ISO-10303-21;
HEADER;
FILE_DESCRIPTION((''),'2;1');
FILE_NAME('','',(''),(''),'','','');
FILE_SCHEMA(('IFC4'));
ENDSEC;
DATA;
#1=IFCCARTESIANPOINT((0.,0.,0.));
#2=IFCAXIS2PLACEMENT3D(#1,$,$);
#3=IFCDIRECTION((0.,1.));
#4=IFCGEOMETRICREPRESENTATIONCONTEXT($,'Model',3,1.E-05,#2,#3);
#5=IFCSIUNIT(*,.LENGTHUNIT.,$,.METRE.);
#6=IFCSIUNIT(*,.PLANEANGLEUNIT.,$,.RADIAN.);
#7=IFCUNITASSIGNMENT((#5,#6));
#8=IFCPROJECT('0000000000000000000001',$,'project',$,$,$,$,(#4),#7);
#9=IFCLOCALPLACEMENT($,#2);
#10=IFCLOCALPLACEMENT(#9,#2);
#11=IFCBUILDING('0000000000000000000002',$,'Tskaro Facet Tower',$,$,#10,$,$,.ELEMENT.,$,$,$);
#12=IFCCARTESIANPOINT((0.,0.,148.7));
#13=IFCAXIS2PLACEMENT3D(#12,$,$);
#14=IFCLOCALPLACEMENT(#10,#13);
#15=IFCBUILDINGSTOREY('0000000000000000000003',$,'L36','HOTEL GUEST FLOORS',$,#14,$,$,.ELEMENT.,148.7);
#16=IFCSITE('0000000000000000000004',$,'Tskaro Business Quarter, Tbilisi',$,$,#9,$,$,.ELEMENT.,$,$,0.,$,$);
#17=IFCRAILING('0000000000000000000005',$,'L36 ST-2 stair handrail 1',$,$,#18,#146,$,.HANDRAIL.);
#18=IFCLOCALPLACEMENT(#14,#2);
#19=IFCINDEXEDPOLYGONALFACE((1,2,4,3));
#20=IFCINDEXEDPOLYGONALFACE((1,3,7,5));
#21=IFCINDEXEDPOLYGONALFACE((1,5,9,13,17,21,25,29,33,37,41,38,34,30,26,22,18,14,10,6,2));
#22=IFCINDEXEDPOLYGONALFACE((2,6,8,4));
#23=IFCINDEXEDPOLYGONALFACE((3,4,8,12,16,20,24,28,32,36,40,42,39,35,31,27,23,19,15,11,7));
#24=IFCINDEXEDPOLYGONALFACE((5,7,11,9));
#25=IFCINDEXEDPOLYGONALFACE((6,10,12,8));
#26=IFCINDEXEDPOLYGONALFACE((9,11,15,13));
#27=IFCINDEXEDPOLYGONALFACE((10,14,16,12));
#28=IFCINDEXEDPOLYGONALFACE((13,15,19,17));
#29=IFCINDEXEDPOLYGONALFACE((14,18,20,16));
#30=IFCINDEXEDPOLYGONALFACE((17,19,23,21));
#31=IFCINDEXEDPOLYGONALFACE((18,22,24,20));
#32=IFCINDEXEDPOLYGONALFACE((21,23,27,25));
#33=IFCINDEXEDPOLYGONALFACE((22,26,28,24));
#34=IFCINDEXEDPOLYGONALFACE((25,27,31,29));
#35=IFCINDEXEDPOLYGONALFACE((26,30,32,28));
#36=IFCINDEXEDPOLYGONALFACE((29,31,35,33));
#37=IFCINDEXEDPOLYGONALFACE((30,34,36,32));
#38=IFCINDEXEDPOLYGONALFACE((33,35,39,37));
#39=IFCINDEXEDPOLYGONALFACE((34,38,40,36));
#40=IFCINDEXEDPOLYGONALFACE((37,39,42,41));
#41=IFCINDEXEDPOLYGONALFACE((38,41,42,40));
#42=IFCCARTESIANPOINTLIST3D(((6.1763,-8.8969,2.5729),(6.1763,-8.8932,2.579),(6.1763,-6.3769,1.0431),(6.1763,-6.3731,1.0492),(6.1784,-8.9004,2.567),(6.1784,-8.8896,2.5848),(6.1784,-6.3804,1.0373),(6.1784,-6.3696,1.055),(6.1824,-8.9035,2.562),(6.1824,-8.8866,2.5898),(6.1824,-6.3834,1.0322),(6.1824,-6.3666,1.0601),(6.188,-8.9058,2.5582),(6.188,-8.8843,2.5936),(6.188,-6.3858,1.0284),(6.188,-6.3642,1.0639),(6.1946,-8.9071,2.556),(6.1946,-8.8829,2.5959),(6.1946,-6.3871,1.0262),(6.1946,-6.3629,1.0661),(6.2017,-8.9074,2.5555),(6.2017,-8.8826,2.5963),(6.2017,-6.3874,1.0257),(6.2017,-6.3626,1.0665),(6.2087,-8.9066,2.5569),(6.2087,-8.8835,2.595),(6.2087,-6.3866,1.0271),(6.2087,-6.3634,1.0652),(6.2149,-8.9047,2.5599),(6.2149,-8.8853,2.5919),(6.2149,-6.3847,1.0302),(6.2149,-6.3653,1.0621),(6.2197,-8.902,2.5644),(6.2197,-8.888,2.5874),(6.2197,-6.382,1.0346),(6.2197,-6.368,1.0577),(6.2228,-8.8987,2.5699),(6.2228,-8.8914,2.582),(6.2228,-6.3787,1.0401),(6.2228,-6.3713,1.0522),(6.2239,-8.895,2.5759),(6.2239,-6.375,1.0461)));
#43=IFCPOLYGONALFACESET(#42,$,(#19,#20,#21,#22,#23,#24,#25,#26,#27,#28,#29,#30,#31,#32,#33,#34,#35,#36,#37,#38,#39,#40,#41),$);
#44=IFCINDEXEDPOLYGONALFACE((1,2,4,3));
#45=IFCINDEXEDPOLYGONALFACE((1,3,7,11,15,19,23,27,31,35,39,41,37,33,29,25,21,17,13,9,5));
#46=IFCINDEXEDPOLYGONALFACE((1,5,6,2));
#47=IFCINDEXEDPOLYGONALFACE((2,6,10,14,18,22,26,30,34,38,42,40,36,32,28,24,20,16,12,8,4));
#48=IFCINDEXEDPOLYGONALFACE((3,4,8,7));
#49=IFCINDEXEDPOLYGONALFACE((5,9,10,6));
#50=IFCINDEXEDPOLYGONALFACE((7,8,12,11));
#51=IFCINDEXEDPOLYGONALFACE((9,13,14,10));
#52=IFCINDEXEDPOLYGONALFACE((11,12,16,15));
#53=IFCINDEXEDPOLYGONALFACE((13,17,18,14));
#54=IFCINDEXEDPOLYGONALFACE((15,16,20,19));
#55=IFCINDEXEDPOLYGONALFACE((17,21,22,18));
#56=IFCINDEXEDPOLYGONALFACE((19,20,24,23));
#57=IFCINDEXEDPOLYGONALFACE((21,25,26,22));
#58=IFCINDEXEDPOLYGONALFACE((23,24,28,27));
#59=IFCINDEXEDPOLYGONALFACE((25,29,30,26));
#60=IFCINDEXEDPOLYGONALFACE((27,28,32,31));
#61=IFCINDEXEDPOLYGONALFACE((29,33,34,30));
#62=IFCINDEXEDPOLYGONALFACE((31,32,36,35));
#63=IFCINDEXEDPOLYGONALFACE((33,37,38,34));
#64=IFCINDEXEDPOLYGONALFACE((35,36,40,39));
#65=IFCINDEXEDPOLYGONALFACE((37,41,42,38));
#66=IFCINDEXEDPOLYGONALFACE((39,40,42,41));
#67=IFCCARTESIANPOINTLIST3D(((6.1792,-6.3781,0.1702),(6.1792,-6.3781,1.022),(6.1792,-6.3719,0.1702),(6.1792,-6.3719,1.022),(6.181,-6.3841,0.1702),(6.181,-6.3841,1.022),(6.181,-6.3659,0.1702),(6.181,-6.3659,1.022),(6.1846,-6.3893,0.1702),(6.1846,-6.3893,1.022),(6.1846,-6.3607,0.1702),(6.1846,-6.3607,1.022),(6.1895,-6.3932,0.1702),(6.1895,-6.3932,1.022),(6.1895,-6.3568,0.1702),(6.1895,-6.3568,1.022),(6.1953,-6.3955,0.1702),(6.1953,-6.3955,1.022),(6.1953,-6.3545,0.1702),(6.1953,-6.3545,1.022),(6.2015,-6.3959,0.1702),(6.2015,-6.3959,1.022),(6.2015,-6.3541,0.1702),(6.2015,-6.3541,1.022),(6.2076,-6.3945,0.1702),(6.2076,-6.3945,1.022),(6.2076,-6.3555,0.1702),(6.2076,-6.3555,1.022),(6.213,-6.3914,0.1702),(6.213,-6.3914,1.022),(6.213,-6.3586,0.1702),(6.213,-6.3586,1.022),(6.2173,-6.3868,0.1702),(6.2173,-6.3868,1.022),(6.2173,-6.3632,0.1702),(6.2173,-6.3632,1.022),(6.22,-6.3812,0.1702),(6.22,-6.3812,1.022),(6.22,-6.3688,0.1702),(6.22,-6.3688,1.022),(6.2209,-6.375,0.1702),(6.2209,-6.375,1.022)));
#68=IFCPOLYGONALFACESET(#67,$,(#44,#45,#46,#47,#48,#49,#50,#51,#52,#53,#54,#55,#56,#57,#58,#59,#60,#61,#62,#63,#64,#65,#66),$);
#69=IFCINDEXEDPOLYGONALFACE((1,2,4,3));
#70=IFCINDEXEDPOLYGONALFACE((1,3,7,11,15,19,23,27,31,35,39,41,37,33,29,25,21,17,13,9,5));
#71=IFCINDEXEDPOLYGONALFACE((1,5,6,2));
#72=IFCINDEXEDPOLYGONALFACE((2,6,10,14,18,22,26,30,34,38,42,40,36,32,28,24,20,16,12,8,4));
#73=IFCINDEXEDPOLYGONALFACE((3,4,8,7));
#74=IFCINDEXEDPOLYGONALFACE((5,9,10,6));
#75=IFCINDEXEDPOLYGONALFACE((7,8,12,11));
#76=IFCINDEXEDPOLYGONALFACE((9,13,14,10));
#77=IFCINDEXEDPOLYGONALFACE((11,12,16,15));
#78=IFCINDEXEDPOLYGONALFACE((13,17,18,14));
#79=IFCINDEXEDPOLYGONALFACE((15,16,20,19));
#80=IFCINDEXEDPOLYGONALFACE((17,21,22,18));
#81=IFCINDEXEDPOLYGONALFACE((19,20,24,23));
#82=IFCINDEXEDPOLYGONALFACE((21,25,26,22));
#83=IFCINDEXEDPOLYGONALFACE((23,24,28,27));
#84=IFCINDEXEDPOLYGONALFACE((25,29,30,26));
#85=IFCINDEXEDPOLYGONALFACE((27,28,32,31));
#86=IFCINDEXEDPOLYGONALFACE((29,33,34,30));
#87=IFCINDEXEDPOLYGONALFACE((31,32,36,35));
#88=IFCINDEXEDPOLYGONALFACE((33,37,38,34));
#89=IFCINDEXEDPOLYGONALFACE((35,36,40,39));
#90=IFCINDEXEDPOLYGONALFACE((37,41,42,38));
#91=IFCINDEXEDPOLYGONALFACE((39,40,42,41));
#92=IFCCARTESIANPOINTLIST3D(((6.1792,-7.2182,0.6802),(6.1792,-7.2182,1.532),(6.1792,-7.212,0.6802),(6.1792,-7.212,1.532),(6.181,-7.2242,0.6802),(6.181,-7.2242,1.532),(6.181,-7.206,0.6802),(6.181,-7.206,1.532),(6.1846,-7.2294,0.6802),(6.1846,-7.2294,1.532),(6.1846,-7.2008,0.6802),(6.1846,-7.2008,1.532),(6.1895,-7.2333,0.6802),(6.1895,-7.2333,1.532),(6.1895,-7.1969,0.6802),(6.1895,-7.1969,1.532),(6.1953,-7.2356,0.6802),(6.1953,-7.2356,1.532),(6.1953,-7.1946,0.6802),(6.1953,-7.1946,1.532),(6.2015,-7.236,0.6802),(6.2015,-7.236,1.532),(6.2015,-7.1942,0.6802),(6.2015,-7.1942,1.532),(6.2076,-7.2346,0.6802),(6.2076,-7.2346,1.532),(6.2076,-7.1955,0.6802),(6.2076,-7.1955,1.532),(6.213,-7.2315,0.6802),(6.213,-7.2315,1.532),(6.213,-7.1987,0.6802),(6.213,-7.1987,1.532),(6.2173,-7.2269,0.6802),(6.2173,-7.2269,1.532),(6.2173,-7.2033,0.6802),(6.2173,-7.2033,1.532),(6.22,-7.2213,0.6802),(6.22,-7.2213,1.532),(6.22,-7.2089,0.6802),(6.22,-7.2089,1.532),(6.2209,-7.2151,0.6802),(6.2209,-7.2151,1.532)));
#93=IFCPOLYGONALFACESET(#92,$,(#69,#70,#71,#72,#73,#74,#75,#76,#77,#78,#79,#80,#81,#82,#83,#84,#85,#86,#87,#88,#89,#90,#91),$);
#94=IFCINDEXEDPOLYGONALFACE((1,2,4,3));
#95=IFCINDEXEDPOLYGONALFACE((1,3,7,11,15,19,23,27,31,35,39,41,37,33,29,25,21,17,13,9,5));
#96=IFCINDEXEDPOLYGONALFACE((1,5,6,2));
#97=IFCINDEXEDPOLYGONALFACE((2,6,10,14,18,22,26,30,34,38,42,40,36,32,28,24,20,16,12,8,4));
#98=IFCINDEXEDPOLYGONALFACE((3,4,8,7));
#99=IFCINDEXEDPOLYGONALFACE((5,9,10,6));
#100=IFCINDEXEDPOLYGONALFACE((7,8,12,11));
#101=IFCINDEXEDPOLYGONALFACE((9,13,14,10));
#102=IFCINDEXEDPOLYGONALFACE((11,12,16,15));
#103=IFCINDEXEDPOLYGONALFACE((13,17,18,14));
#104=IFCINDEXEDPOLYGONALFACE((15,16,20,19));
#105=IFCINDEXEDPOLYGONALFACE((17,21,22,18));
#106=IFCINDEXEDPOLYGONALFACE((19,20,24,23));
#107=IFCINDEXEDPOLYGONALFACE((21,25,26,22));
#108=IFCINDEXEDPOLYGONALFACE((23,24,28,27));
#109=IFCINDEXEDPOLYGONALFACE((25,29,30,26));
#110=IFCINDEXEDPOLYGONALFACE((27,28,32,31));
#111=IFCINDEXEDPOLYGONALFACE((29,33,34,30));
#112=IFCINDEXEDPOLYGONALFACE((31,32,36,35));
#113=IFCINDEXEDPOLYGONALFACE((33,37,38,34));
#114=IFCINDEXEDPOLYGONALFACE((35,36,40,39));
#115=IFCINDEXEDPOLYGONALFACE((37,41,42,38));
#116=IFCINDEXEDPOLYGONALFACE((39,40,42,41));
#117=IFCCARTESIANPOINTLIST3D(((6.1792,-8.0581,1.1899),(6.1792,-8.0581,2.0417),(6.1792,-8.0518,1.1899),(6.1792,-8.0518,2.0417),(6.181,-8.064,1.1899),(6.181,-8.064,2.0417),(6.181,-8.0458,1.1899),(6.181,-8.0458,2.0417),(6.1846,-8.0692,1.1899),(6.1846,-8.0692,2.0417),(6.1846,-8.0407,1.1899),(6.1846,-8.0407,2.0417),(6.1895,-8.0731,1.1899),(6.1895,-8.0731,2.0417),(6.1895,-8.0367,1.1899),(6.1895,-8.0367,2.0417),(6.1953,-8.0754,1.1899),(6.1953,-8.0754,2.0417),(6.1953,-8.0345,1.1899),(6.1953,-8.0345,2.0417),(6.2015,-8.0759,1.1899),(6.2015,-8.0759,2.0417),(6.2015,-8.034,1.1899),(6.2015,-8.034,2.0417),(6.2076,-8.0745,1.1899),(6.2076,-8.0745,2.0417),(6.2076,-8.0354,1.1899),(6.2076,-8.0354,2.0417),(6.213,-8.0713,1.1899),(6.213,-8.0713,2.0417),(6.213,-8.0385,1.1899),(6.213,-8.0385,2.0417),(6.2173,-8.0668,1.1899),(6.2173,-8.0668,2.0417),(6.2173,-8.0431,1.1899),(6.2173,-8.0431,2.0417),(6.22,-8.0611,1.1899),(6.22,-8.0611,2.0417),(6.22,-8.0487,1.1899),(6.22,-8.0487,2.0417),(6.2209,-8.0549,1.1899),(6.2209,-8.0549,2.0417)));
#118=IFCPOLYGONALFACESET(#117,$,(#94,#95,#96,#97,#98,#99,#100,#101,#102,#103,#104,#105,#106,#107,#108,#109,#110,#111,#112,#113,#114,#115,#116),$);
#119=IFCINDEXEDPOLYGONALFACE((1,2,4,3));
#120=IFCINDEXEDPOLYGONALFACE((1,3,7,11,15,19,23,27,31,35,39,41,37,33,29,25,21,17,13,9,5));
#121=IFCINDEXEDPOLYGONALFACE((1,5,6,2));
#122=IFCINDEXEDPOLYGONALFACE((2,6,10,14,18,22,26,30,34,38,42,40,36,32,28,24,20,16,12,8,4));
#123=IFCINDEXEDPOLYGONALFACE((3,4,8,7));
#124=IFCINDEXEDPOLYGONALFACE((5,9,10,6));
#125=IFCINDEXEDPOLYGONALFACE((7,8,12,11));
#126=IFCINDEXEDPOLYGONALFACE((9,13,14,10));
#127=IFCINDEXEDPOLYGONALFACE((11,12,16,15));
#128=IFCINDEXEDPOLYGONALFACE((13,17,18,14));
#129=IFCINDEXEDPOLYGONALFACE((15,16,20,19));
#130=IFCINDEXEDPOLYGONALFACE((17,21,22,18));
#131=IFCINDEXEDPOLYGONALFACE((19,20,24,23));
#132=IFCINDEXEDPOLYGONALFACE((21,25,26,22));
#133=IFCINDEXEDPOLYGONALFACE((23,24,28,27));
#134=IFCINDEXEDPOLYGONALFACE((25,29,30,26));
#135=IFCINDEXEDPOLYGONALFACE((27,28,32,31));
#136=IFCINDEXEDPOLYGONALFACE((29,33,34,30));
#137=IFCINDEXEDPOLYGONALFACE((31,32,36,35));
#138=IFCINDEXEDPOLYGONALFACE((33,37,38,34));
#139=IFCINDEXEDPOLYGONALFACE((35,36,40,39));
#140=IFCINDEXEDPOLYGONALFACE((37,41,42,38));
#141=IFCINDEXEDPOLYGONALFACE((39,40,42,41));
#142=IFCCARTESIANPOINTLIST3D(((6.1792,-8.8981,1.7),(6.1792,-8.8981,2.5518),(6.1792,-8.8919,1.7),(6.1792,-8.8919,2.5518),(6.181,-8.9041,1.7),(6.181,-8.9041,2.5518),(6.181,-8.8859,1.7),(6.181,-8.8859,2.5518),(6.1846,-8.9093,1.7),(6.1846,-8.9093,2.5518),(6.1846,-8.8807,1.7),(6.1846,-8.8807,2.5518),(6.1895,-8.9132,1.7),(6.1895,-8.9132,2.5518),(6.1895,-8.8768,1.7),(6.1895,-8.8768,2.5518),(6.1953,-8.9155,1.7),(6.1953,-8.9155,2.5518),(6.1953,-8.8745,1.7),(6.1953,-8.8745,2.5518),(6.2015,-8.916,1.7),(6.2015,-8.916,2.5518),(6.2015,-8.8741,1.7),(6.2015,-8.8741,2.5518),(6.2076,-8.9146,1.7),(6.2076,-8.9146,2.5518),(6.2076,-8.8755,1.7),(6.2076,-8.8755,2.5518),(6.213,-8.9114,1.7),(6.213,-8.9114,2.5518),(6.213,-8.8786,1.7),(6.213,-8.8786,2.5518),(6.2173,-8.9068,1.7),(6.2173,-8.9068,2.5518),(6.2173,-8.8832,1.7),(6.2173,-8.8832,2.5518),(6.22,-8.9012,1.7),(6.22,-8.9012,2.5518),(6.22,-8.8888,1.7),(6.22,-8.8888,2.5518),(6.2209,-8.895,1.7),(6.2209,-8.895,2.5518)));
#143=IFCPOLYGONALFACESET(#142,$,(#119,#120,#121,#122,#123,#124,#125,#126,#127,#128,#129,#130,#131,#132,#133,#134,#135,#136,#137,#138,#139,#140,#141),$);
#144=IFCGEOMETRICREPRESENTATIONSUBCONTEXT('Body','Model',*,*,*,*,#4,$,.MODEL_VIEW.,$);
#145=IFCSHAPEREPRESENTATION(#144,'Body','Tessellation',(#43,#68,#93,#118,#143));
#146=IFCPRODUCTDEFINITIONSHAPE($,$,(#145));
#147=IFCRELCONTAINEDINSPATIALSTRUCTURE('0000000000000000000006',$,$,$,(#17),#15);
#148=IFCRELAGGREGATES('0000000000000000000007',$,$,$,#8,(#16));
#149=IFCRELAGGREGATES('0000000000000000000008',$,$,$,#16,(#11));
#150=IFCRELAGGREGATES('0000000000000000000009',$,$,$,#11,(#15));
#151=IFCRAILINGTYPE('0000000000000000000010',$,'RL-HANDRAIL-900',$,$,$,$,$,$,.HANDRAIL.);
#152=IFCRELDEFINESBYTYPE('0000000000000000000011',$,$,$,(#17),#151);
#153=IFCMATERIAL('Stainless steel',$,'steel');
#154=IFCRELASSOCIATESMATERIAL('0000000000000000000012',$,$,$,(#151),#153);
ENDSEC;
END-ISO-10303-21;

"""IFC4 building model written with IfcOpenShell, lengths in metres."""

from ifc_helpers import new_model, si_unit, direction, frame, origin, origin_2d, place, context, subcontext, project, spatial, circle, extrude, material, type_object, element, save


model = new_model("IFC4")

# Units and contexts
model_context = context("Model", 3, precision=1e-05, world=origin(), true_north=direction((0.0, 1.0)))
body_context = subcontext(model_context, "Body", "Model", "MODEL_VIEW")
ifc_project = project(units=[si_unit("LENGTHUNIT", "METRE"), si_unit("PLANEANGLEUNIT", "RADIAN")], contexts=[model_context])

# Site, building, storey
site_placement = place(None, origin())
site = spatial("IfcSite", under=ifc_project, at=site_placement, Name="Tskaro Business Quarter, Tbilisi", CompositionType="ELEMENT", RefElevation=0.0)
building_placement = place(site_placement, origin())
building = spatial("IfcBuilding", under=site, at=building_placement, Name="Tskaro Facet Tower", CompositionType="ELEMENT")
storey_placement = place(building_placement, frame((0.0, 0.0, 148.7)))
storey = spatial("IfcBuildingStorey", under=building, at=storey_placement, Name="L36", Description="HOTEL GUEST FLOORS", CompositionType="ELEMENT", Elevation=148.7)

# Railing
ifc_material_1 = material(Name="Stainless steel", Category="steel")
railing_type_1 = type_object("IfcRailingType", Name="RL-HANDRAIL-900", PredefinedType="HANDRAIL", material=ifc_material_1)
railing_1_placement = place(storey_placement, frame((6.2, -6.375, 0.1702)))
element("IfcRailing", 1, at=railing_1_placement, inside=storey, type_object=railing_type_1, Name="L36 ST-2 stair handrail 1", PredefinedType="HANDRAIL", context=body_context, shape_type="SweptSolid", body=[
    extrude(circle(Radius=0.0239, at=origin_2d()), frame((0.0, 0.0, 0.876), z_axis=(0.0, -0.854822, 0.518922), x_axis=(1.0, 0.0, 0.0)), (0.0, 0.0, 1.0), 2.948),
    extrude(circle(Radius=0.021, at=origin_2d()), origin(), (0.0, 0.0, 1.0), 0.8518),
    extrude(circle(Radius=0.021, at=origin_2d()), frame((0.0, -0.8401, 0.51)), (0.0, 0.0, 1.0), 0.8518),
    extrude(circle(Radius=0.021, at=origin_2d()), frame((0.0, -1.6799, 1.0198)), (0.0, 0.0, 1.0), 0.8518),
    extrude(circle(Radius=0.021, at=origin_2d()), frame((0.0, -2.52, 1.5298)), (0.0, 0.0, 1.0), 0.8518),
])

save(model, "model.ifc")
